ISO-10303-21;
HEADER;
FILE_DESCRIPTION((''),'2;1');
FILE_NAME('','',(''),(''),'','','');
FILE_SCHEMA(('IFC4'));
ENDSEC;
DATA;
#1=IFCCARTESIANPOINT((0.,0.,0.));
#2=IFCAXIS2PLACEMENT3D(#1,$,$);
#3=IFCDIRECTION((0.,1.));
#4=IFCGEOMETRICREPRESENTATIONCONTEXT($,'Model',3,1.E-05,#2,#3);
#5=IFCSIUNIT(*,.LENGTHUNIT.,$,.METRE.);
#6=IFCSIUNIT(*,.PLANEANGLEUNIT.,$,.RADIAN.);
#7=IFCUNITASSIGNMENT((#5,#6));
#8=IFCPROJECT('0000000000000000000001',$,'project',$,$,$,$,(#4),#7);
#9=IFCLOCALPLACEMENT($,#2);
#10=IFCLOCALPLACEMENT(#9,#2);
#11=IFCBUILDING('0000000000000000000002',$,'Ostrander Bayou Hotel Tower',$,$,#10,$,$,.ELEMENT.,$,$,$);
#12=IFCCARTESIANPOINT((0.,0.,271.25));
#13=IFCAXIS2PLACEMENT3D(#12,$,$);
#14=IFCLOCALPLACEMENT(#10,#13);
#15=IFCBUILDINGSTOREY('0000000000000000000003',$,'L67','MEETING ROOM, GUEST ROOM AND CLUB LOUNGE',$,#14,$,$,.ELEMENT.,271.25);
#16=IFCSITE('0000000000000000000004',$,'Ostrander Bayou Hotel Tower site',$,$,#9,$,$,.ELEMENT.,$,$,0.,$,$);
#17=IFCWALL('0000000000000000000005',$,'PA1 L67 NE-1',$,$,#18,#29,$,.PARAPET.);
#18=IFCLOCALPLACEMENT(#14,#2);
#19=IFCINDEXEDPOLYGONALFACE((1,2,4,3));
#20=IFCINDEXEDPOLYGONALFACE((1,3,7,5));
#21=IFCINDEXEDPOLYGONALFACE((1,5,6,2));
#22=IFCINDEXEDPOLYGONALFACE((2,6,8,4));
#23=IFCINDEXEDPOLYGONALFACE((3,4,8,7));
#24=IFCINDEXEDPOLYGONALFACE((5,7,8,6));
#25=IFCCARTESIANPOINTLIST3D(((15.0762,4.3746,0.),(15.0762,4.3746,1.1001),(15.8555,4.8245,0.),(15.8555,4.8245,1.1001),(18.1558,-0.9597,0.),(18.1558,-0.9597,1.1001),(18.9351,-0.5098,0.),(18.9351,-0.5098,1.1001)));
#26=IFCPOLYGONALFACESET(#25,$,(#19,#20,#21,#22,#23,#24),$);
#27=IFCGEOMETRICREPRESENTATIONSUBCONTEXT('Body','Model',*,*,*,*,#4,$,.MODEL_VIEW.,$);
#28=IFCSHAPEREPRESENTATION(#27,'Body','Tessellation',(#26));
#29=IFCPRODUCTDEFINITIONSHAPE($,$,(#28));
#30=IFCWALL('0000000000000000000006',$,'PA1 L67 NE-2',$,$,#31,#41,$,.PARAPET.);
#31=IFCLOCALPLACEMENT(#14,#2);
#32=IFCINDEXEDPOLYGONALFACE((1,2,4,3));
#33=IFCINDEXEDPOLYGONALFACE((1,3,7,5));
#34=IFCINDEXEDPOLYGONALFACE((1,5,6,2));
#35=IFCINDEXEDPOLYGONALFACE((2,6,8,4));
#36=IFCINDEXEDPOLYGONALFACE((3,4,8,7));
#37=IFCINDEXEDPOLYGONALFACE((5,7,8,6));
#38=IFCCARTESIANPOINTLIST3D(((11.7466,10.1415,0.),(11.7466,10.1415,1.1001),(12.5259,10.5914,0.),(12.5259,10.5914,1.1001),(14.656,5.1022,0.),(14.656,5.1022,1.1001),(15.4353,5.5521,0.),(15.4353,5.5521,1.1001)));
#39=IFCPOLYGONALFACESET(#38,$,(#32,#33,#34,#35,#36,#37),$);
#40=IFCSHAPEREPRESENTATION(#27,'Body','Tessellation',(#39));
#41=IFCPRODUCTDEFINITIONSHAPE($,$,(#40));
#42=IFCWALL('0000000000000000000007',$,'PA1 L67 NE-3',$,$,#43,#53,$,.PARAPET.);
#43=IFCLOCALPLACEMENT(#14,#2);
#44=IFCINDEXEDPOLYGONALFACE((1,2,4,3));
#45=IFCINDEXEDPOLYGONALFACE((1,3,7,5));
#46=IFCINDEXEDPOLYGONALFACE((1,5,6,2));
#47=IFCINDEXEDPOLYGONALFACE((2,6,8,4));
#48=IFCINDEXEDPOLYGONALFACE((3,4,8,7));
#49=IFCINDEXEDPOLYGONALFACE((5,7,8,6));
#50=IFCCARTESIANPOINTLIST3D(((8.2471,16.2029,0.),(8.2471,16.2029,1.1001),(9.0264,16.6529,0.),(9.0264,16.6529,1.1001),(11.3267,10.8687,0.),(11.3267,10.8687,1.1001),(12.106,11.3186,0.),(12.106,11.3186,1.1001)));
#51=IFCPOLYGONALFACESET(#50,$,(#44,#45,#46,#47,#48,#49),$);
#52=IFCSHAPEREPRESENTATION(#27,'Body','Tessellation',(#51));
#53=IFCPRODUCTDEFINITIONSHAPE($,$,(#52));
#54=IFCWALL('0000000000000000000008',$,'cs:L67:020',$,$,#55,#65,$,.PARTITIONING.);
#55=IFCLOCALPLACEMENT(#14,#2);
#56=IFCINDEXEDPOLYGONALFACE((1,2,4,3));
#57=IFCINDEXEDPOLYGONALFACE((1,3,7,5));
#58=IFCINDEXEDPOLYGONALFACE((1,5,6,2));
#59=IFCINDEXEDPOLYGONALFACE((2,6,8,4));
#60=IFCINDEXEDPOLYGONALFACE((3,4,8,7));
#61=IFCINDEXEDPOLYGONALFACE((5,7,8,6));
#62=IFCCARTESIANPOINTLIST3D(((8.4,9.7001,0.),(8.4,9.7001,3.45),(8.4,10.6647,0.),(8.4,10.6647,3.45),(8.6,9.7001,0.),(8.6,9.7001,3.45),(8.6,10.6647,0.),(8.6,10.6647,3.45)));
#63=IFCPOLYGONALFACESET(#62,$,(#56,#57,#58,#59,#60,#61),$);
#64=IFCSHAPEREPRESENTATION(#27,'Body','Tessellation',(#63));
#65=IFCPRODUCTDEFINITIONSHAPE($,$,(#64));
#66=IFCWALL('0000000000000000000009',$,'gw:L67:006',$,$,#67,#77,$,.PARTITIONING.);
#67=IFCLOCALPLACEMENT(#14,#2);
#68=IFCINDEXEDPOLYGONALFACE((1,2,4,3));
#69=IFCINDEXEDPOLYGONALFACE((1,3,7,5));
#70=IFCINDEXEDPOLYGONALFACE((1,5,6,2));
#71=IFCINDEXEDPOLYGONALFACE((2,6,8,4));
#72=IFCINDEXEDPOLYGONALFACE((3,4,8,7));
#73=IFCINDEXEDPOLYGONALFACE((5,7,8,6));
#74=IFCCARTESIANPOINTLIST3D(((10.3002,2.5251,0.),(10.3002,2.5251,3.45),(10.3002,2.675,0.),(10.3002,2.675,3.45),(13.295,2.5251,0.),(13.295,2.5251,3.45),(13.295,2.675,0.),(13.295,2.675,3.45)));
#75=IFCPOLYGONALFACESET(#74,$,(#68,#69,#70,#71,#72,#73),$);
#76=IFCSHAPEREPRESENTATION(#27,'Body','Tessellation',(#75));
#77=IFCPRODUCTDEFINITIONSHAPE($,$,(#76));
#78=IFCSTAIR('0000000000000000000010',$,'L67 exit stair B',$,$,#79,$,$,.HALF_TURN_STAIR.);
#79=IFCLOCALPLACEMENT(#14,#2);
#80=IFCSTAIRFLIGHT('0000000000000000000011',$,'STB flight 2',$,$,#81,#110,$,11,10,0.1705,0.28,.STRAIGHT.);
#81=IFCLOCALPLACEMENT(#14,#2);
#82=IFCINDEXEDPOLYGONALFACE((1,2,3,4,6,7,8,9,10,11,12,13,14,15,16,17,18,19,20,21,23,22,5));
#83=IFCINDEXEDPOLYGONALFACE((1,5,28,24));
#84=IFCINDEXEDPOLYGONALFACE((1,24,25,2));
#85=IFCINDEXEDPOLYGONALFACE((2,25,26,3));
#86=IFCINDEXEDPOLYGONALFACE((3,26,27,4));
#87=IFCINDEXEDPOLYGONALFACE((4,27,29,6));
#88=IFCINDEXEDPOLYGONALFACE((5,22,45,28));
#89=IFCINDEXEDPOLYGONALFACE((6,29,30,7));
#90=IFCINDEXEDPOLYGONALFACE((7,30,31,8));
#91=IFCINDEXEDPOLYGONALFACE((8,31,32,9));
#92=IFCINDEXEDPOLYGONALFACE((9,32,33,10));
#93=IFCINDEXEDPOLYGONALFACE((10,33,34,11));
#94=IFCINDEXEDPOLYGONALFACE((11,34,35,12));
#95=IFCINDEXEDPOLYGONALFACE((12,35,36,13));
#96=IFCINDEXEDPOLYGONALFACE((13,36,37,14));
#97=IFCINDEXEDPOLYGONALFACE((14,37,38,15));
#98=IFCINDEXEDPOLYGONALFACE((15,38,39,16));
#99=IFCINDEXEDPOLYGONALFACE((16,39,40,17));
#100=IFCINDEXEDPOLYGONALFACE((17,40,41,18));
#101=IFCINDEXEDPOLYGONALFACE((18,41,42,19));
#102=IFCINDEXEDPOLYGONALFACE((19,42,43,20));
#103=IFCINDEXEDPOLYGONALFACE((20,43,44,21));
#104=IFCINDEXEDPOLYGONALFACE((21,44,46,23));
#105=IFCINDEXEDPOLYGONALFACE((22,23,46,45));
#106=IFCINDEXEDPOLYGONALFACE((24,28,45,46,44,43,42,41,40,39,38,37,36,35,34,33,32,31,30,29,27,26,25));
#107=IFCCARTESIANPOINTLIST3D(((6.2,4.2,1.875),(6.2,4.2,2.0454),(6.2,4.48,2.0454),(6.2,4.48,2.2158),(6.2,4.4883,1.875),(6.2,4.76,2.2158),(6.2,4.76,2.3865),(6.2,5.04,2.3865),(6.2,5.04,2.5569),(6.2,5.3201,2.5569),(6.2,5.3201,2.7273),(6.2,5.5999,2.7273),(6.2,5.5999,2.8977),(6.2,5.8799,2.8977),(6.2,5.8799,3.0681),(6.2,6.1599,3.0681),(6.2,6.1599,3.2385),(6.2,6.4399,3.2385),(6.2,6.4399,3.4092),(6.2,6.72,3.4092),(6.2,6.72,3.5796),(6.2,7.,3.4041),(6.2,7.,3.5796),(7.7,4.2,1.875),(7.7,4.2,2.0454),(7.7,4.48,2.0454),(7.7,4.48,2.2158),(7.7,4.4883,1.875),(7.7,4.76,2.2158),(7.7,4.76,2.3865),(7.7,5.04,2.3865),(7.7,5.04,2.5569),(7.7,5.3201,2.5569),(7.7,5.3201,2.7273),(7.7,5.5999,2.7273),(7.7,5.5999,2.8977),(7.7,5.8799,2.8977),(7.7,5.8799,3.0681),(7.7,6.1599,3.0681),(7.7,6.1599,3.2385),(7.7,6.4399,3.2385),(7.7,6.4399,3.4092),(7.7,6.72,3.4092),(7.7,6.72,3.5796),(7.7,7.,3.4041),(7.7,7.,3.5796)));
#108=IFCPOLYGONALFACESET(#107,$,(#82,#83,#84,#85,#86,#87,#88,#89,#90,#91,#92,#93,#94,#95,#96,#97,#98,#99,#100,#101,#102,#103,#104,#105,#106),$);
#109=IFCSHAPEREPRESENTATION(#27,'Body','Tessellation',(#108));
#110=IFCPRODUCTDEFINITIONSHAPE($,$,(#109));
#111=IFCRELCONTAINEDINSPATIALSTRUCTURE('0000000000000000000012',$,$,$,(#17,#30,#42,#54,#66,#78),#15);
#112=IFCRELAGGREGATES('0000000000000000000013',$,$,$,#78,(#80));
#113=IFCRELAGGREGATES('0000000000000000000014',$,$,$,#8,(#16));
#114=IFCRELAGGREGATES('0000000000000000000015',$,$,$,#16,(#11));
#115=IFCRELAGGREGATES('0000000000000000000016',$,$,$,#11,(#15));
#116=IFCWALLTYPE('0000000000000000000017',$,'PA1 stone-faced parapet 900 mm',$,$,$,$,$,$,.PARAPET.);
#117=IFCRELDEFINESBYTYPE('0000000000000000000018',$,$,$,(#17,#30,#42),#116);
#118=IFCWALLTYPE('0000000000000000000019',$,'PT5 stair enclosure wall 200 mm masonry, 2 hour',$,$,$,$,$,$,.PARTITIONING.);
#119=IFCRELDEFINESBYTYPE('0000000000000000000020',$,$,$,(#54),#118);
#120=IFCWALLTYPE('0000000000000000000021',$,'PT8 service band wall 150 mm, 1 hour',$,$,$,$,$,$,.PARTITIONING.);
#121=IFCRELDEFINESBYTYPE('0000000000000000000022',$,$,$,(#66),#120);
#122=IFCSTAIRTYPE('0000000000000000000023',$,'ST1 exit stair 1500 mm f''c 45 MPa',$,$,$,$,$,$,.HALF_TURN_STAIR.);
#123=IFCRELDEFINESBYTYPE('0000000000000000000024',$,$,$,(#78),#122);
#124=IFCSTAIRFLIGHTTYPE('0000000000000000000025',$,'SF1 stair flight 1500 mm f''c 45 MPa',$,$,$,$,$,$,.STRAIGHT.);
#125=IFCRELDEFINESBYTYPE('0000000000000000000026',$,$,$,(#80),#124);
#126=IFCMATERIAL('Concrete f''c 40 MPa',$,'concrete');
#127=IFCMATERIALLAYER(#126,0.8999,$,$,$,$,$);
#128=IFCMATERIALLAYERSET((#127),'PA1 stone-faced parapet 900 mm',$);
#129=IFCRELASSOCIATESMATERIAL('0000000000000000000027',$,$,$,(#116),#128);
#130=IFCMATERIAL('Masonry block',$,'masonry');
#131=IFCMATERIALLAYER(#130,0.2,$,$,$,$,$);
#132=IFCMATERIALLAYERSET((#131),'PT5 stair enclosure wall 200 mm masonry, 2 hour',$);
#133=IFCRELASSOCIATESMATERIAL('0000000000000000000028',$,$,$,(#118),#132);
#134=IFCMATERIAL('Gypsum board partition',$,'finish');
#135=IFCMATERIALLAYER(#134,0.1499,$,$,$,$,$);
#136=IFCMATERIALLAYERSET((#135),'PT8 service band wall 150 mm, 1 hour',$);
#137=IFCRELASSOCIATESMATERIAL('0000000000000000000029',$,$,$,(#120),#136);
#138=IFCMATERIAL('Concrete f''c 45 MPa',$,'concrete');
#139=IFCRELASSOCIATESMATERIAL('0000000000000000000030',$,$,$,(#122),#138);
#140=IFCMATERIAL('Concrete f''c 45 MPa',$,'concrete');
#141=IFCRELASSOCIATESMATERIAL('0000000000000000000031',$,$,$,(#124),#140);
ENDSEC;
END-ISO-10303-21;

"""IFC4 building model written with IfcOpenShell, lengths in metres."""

from ifc_helpers import new_model, si_unit, direction, frame, frame_2d, origin, place, context, subcontext, project, spatial, polyline, rectangle, outline, extrude, material, layer, layer_set, type_object, element, aggregate, save


model = new_model("IFC4")

# Units and contexts
model_context = context("Model", 3, precision=1e-05, world=origin(), true_north=direction((0.0, 1.0)))
body_context = subcontext(model_context, "Body", "Model", "MODEL_VIEW")
ifc_project = project(units=[si_unit("LENGTHUNIT", "METRE"), si_unit("PLANEANGLEUNIT", "RADIAN")], contexts=[model_context])

# Site, building, storey
site_placement = place(None, origin())
site = spatial("IfcSite", under=ifc_project, at=site_placement, Name="Ostrander Bayou Hotel Tower site", CompositionType="ELEMENT", RefElevation=0.0)
building_placement = place(site_placement, origin())
building = spatial("IfcBuilding", under=site, at=building_placement, Name="Ostrander Bayou Hotel Tower", CompositionType="ELEMENT")
storey_placement = place(building_placement, frame((0.0, 0.0, 271.25)))
storey = spatial("IfcBuildingStorey", under=building, at=storey_placement, Name="L67", Description="MEETING ROOM, GUEST ROOM AND CLUB LOUNGE", CompositionType="ELEMENT", Elevation=271.25)

# Walls
ifc_material_1 = material(Name="Concrete f'c 40 MPa", Category="concrete")
ifc_layer_1 = layer(ifc_material_1, 0.8999)
ifc_layer_set_1 = layer_set([ifc_layer_1], Name="PA1 stone-faced parapet 900 mm")
wall_type_1 = type_object("IfcWallType", Name="PA1 stone-faced parapet 900 mm", PredefinedType="PARAPET", material=ifc_layer_set_1)
wall_1_placement = place(storey_placement, frame((18.5454, -0.7346, 0.0), z_axis=(0.0, 0.0, 1.0), x_axis=(-0.499984, 0.866034, 0.0)))
element("IfcWall", 1, at=wall_1_placement, inside=storey, type_object=wall_type_1, Name="PA1 L67 NE-1", PredefinedType="PARAPET", context=body_context, shape_type="SweptSolid", body=[
    extrude(rectangle(XDim=6.1594, YDim=0.8999, at=frame_2d((3.0796, 0.0))), origin(), (0.0, 0.0, 1.0), 1.1001),
])
wall_2_placement = place(storey_placement, frame((15.0457, 5.3271, 0.0), z_axis=(0.0, 0.0, 1.0), x_axis=(-0.499997, 0.866027, 0.0)))
element("IfcWall", 2, at=wall_2_placement, inside=storey, type_object=wall_type_1, Name="PA1 L67 NE-2", PredefinedType="PARAPET", context=body_context, shape_type="SweptSolid", body=[
    extrude(rectangle(XDim=5.8188, YDim=0.8999, at=frame_2d((2.9094, 0.0))), origin(), (0.0, 0.0, 1.0), 1.1001),
])
wall_3_placement = place(storey_placement, frame((11.7163, 11.0938, 0.0), z_axis=(0.0, 0.0, 1.0), x_axis=(-0.499984, 0.866034, 0.0)))
element("IfcWall", 3, at=wall_3_placement, inside=storey, type_object=wall_type_1, Name="PA1 L67 NE-3", PredefinedType="PARAPET", context=body_context, shape_type="SweptSolid", body=[
    extrude(rectangle(XDim=6.1594, YDim=0.8999, at=frame_2d((3.0796, 0.0))), origin(), (0.0, 0.0, 1.0), 1.1001),
])
ifc_material_2 = material(Name="Masonry block", Category="masonry")
ifc_layer_2 = layer(ifc_material_2, 0.2)
ifc_layer_set_2 = layer_set([ifc_layer_2], Name="PT5 stair enclosure wall 200 mm masonry, 2 hour")
wall_type_2 = type_object("IfcWallType", Name="PT5 stair enclosure wall 200 mm masonry, 2 hour", PredefinedType="PARTITIONING", material=ifc_layer_set_2)
wall_4_placement = place(storey_placement, frame((8.5, 9.7, 0.0), z_axis=(0.0, 0.0, 1.0), x_axis=(0.0, 1.0, 0.0)))
element("IfcWall", 4, at=wall_4_placement, inside=storey, type_object=wall_type_2, Name="cs:L67:020", PredefinedType="PARTITIONING", context=body_context, shape_type="SweptSolid", body=[
    extrude(rectangle(XDim=0.9646, YDim=0.2, at=frame_2d((0.4824, 0.0))), origin(), (0.0, 0.0, 1.0), 3.45),
])
ifc_material_3 = material(Name="Gypsum board partition", Category="finish")
ifc_layer_3 = layer(ifc_material_3, 0.1499)
ifc_layer_set_3 = layer_set([ifc_layer_3], Name="PT8 service band wall 150 mm, 1 hour")
wall_type_3 = type_object("IfcWallType", Name="PT8 service band wall 150 mm, 1 hour", PredefinedType="PARTITIONING", material=ifc_layer_set_3)
wall_5_placement = place(storey_placement, frame((10.3, 2.6001, 0.0), z_axis=(0.0, 0.0, 1.0), x_axis=(1.0, 0.0, 0.0)))
element("IfcWall", 5, at=wall_5_placement, inside=storey, type_object=wall_type_3, Name="gw:L67:006", PredefinedType="PARTITIONING", context=body_context, shape_type="SweptSolid", body=[
    extrude(rectangle(XDim=2.9949, YDim=0.1499, at=frame_2d((1.4976, 0.0))), origin(), (0.0, 0.0, 1.0), 3.45),
])

# Stair, stair flight
ifc_material_4 = material(Name="Concrete f'c 45 MPa", Category="concrete")
stair_type = type_object("IfcStairType", Name="ST1 exit stair 1500 mm f'c 45 MPa", PredefinedType="HALF_TURN_STAIR", material=ifc_material_4)
stair_placement = place(storey_placement, origin())
stair = element("IfcStair", 6, at=stair_placement, inside=storey, type_object=stair_type, Name="L67 exit stair B", PredefinedType="HALF_TURN_STAIR")
ifc_material_5 = material(Name="Concrete f'c 45 MPa", Category="concrete")
stair_flight_type = type_object("IfcStairFlightType", Name="SF1 stair flight 1500 mm f'c 45 MPa", PredefinedType="STRAIGHT", material=ifc_material_5)
stair_flight_placement = place(storey_placement, frame((6.95, 4.2, 1.875), z_axis=(0.0, 0.0, 1.0), x_axis=(0.0, 1.0, 0.0)))
stair_flight = element("IfcStairFlight", 7, at=stair_flight_placement, type_object=stair_flight_type, Name="STB flight 2", NumberOfRisers=11, NumberOfTreads=10, PredefinedType="STRAIGHT", RiserHeight=0.1705, TreadLength=0.28, context=body_context, shape_type="SweptSolid", body=[
    extrude(outline(polyline([(0.0, 0.0), (0.0, 0.1704), (0.28, 0.1704), (0.28, 0.3408), (0.5601, 0.3408), (0.5601, 0.5115), (0.8401, 0.5115), (0.8401, 0.6819), (1.1201, 0.6819), (1.1201, 0.8523), (1.3999, 0.8523), (1.3999, 1.0227), (1.6799, 1.0227), (1.6799, 1.1931), (1.96, 1.1931), (1.96, 1.3635), (2.24, 1.3635), (2.24, 1.5342), (2.52, 1.5342), (2.52, 1.7046), (2.8, 1.7046), (2.8, 1.875), (2.8, 1.5291), (0.2883, 0.0), (0.0, 0.0)])), frame((0.0, 0.75, 0.0), z_axis=(0.0, -1.0, 0.0), x_axis=(1.0, 0.0, 0.0)), (0.0, 0.0, 1.0), 1.5),
])
aggregate(stair, [stair_flight])

save(model, "model.ifc")
